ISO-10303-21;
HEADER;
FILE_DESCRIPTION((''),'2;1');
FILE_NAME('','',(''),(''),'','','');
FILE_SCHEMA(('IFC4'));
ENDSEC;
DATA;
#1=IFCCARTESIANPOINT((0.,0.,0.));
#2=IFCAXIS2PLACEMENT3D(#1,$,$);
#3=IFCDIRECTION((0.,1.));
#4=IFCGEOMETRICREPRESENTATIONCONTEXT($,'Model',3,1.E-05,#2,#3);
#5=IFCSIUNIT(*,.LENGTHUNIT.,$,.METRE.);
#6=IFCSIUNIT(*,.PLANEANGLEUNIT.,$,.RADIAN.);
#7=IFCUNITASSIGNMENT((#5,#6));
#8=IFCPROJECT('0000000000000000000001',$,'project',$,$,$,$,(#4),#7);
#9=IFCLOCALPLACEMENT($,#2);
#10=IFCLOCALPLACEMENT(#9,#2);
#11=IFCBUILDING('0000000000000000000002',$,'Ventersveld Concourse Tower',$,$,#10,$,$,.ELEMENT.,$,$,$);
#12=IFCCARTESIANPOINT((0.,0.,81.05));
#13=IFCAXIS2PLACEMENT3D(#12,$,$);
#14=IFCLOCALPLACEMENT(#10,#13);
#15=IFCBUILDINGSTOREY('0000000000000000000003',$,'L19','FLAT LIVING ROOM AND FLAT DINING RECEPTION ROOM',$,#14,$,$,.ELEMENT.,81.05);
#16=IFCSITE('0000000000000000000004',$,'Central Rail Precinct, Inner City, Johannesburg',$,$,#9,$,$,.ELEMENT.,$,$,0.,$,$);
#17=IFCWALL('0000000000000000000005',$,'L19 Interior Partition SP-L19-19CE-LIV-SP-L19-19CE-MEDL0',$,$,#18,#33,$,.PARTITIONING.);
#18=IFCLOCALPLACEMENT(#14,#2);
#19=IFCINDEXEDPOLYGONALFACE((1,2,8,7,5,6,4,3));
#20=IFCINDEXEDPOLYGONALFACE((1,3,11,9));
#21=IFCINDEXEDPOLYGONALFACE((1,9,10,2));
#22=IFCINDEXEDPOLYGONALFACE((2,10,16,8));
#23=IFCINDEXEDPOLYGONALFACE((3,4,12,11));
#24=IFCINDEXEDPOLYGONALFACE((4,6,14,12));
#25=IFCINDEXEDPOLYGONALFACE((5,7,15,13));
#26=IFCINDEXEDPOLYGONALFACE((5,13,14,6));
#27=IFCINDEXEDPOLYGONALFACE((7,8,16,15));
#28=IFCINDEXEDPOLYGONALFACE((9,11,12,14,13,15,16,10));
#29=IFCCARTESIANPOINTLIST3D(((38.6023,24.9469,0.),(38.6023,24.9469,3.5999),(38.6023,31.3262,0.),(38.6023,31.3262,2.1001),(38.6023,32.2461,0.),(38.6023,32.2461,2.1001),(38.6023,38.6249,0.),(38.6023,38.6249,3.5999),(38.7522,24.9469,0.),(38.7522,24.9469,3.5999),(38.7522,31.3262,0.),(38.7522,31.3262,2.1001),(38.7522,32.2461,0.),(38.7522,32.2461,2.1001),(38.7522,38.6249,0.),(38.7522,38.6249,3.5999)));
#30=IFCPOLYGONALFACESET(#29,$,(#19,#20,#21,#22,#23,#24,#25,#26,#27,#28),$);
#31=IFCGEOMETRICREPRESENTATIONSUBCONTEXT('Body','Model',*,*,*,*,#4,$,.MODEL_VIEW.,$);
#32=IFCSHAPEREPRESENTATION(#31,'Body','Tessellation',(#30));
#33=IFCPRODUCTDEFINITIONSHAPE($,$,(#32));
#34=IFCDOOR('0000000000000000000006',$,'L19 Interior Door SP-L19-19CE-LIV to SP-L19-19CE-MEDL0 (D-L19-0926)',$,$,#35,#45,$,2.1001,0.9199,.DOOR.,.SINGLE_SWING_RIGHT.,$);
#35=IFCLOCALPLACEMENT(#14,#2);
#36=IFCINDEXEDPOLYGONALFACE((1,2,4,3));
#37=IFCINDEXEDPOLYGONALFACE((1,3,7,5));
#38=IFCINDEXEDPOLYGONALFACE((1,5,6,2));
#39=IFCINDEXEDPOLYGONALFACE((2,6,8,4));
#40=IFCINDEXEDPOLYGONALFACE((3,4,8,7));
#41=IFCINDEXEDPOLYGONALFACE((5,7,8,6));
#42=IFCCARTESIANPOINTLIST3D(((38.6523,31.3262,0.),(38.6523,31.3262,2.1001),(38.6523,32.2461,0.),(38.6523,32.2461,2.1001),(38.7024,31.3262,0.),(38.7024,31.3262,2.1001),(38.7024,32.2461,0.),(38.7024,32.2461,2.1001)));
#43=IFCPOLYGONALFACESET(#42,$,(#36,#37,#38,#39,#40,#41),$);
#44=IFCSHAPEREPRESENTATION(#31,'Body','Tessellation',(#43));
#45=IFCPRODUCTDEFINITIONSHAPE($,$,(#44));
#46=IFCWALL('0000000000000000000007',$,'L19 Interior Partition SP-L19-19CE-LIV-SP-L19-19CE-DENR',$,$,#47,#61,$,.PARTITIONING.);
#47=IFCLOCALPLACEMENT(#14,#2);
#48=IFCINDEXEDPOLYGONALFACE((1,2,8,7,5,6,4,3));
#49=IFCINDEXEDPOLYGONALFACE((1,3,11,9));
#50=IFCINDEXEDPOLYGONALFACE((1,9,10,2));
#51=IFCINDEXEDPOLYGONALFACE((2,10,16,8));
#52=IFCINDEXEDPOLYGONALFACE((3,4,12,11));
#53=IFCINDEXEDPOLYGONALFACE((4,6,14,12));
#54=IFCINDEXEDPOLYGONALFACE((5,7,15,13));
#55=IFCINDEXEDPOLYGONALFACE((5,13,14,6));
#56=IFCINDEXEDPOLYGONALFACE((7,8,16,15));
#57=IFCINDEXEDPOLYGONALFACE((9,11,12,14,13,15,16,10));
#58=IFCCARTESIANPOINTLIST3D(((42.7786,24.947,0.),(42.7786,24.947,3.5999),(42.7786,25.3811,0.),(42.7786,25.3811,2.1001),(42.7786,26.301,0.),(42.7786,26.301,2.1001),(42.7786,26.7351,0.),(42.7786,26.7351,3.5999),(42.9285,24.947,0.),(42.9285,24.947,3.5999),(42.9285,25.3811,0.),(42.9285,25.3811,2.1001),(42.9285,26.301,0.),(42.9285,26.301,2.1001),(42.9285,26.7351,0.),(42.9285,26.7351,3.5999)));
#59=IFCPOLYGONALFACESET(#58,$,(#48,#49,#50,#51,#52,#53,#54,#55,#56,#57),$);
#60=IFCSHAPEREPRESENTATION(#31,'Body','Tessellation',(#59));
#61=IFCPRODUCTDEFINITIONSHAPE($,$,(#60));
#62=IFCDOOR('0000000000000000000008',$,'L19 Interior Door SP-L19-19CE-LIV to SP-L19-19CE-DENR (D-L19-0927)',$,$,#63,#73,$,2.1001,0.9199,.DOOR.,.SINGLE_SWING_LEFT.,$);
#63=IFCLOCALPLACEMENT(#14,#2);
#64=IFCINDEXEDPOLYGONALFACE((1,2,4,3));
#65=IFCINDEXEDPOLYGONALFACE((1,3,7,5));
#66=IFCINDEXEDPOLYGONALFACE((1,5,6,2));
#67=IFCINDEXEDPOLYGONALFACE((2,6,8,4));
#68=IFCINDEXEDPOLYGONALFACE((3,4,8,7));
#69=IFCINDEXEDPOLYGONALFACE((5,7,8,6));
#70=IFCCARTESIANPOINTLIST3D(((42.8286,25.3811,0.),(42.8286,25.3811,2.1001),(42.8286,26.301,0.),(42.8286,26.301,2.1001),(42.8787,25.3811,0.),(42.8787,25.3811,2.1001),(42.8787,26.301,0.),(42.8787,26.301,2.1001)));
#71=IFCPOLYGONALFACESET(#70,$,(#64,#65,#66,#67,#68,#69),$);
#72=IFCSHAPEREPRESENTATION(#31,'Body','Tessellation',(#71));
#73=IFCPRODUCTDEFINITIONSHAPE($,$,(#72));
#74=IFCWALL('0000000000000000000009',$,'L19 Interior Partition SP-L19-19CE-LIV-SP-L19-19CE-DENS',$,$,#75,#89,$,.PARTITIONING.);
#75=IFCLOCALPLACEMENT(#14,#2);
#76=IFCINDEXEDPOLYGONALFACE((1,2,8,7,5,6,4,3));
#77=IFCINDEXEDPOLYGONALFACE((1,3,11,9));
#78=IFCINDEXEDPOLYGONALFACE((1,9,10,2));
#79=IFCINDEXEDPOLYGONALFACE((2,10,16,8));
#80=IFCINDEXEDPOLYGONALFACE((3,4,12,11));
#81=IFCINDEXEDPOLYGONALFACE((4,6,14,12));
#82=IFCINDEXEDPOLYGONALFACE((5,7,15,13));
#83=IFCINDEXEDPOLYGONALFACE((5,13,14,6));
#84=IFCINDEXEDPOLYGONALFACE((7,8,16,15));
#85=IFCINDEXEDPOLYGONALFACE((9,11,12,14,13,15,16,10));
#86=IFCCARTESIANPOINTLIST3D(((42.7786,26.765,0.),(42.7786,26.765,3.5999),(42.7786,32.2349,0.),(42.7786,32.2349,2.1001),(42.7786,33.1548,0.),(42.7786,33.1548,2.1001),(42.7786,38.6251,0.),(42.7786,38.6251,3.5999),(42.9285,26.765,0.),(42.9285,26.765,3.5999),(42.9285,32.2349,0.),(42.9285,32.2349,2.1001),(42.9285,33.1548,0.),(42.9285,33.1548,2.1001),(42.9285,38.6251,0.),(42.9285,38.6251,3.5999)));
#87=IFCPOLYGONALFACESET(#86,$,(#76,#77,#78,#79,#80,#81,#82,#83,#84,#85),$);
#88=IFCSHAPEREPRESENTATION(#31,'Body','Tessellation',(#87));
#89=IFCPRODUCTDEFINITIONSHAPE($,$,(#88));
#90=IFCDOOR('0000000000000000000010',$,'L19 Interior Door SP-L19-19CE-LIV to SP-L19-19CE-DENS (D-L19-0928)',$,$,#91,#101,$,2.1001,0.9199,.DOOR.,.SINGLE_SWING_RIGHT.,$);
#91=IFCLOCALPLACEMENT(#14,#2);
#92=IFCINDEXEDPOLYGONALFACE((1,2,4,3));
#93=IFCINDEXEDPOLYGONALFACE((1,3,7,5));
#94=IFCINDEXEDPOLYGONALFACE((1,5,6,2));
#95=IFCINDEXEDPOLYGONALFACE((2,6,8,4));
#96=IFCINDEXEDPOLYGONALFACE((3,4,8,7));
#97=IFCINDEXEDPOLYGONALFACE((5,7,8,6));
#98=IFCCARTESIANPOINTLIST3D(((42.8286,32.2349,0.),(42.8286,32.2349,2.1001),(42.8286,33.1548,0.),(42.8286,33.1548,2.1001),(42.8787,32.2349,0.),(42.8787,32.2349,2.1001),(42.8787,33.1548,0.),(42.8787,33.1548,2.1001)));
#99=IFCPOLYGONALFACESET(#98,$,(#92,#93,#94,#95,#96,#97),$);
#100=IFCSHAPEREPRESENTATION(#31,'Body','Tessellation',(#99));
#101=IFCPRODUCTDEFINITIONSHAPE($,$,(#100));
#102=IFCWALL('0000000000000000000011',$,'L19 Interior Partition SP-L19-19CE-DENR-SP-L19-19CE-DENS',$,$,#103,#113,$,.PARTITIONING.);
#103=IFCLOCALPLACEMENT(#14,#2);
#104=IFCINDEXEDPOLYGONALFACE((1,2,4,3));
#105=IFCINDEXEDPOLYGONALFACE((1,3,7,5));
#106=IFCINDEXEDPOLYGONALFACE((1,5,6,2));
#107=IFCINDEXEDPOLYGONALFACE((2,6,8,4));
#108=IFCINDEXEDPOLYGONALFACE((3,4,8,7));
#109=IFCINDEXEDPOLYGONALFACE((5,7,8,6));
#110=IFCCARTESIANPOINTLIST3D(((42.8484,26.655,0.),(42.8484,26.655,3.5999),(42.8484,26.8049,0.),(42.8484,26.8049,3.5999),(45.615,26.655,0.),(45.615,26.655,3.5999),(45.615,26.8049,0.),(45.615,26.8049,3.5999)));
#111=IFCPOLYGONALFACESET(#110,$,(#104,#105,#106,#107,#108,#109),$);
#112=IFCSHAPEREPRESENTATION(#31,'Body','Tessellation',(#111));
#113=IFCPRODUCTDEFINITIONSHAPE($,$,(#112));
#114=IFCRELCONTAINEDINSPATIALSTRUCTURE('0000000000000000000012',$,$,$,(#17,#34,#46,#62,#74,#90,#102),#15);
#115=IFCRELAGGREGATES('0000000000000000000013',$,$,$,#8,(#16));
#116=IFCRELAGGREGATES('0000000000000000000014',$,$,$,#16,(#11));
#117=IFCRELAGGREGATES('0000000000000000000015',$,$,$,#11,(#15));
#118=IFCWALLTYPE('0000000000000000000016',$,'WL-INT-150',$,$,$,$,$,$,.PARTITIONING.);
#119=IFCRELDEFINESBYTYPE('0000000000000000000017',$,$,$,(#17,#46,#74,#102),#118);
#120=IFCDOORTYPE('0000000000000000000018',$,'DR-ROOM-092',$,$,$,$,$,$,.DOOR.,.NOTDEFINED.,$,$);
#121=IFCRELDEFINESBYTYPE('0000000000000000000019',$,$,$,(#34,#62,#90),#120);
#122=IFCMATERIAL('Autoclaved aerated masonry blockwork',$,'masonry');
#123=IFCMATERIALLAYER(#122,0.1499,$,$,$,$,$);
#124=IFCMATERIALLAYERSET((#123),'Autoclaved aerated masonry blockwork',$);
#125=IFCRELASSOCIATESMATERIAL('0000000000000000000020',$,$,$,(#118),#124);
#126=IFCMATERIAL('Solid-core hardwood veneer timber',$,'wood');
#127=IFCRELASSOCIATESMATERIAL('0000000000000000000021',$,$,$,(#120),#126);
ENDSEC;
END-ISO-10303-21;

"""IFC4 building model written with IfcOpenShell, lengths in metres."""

from ifc_helpers import new_model, si_unit, direction, frame, frame_2d, origin, place, context, subcontext, project, spatial, rectangle, extrude, material, layer, layer_set, type_object, element, fill, save


model = new_model("IFC4")

# Units and contexts
model_context = context("Model", 3, precision=1e-05, world=origin(), true_north=direction((0.0, 1.0)))
body_context = subcontext(model_context, "Body", "Model", "MODEL_VIEW")
ifc_project = project(units=[si_unit("LENGTHUNIT", "METRE"), si_unit("PLANEANGLEUNIT", "RADIAN")], contexts=[model_context])

# Site, building, storey
site_placement = place(None, origin())
site = spatial("IfcSite", under=ifc_project, at=site_placement, Name="Central Rail Precinct, Inner City, Johannesburg", CompositionType="ELEMENT", RefElevation=0.0)
building_placement = place(site_placement, origin())
building = spatial("IfcBuilding", under=site, at=building_placement, Name="Ventersveld Concourse Tower", CompositionType="ELEMENT")
storey_placement = place(building_placement, frame((0.0, 0.0, 81.05)))
storey = spatial("IfcBuildingStorey", under=building, at=storey_placement, Name="L19", Description="FLAT LIVING ROOM AND FLAT DINING RECEPTION ROOM", CompositionType="ELEMENT", Elevation=81.05)

# Walls, openings, doors
ifc_material_1 = material(Name="Autoclaved aerated masonry blockwork", Category="masonry")
ifc_layer_1 = layer(ifc_material_1, 0.1499)
ifc_layer_set_1 = layer_set([ifc_layer_1], Name="Autoclaved aerated masonry blockwork")
wall_type_1 = type_object("IfcWallType", Name="WL-INT-150", PredefinedType="PARTITIONING", material=ifc_layer_set_1)
ifc_material_2 = material(Name="Solid-core hardwood veneer timber", Category="wood")
door_type = type_object("IfcDoorType", Name="DR-ROOM-092", OperationType="NOTDEFINED", PredefinedType="DOOR", material=ifc_material_2)
wall_1_placement = place(storey_placement, frame((38.6772, 24.947, 0.0), z_axis=(0.0, 0.0, 1.0), x_axis=(0.0, 1.0, 0.0)))
wall_1 = element("IfcWall", 1, at=wall_1_placement, inside=storey, type_object=wall_type_1, Name="L19 Interior Partition SP-L19-19CE-LIV-SP-L19-19CE-MEDL0", PredefinedType="PARTITIONING", context=body_context, shape_type="SweptSolid", body=[
    extrude(rectangle(XDim=13.678, YDim=0.1499, at=frame_2d((6.8389, 0.0))), origin(), (0.0, 0.0, 1.0), 3.5999),
])
opening_1_placement = place(wall_1_placement, frame((6.3792, 0.0, 0.0)))
opening_1 = element("IfcOpeningElement", 2, at=opening_1_placement, cuts=wall_1, PredefinedType="OPENING", context=body_context, shape_type="SweptSolid", body=[
    extrude(rectangle(XDim=0.9199, YDim=2.1001, at=frame_2d((0.46, 1.05))), frame((0.0, 0.085, 0.0), z_axis=(0.0, -1.0, 0.0), x_axis=(1.0, 0.0, 0.0)), (0.0, 0.0, 1.0), 0.1699),
])
door_1_placement = place(opening_1_placement, origin())
door_1 = element("IfcDoor", 3, at=door_1_placement, inside=storey, type_object=door_type, Name="L19 Interior Door SP-L19-19CE-LIV to SP-L19-19CE-MEDL0 (D-L19-0926)", OperationType="SINGLE_SWING_RIGHT", OverallHeight=2.1001, OverallWidth=0.9199, PredefinedType="DOOR", context=body_context, shape_type="SweptSolid", body=[
    extrude(rectangle(XDim=0.9199, YDim=2.1001, at=frame_2d((0.46, 1.05))), frame((0.0, 0.0249, 0.0), z_axis=(0.0, -1.0, 0.0), x_axis=(1.0, 0.0, 0.0)), (0.0, 0.0, 1.0), 0.05),
])
fill(opening_1, door_1)
wall_2_placement = place(storey_placement, frame((42.8535, 24.947, 0.0), z_axis=(0.0, 0.0, 1.0), x_axis=(0.0, 1.0, 0.0)))
wall_2 = element("IfcWall", 4, at=wall_2_placement, inside=storey, type_object=wall_type_1, Name="L19 Interior Partition SP-L19-19CE-LIV-SP-L19-19CE-DENR", PredefinedType="PARTITIONING", context=body_context, shape_type="SweptSolid", body=[
    extrude(rectangle(XDim=1.7881, YDim=0.1499, at=frame_2d((0.894, 0.0))), origin(), (0.0, 0.0, 1.0), 3.5999),
])
opening_2_placement = place(wall_2_placement, frame((0.4341, 0.0, 0.0)))
opening_2 = element("IfcOpeningElement", 5, at=opening_2_placement, cuts=wall_2, PredefinedType="OPENING", context=body_context, shape_type="SweptSolid", body=[
    extrude(rectangle(XDim=0.9199, YDim=2.1001, at=frame_2d((0.46, 1.05))), frame((0.0, 0.085, 0.0), z_axis=(0.0, -1.0, 0.0), x_axis=(1.0, 0.0, 0.0)), (0.0, 0.0, 1.0), 0.1699),
])
door_2_placement = place(opening_2_placement, origin())
door_2 = element("IfcDoor", 6, at=door_2_placement, inside=storey, type_object=door_type, Name="L19 Interior Door SP-L19-19CE-LIV to SP-L19-19CE-DENR (D-L19-0927)", OperationType="SINGLE_SWING_LEFT", OverallHeight=2.1001, OverallWidth=0.9199, PredefinedType="DOOR", context=body_context, shape_type="SweptSolid", body=[
    extrude(rectangle(XDim=0.9199, YDim=2.1001, at=frame_2d((0.46, 1.05))), frame((0.0, 0.0249, 0.0), z_axis=(0.0, -1.0, 0.0), x_axis=(1.0, 0.0, 0.0)), (0.0, 0.0, 1.0), 0.05),
])
fill(opening_2, door_2)
wall_3_placement = place(storey_placement, frame((42.8535, 26.7649, 0.0), z_axis=(0.0, 0.0, 1.0), x_axis=(0.0, 1.0, 0.0)))
wall_3 = element("IfcWall", 7, at=wall_3_placement, inside=storey, type_object=wall_type_1, Name="L19 Interior Partition SP-L19-19CE-LIV-SP-L19-19CE-DENS", PredefinedType="PARTITIONING", context=body_context, shape_type="SweptSolid", body=[
    extrude(rectangle(XDim=11.8601, YDim=0.1499, at=frame_2d((5.9302, 0.0))), origin(), (0.0, 0.0, 1.0), 3.5999),
])
opening_3_placement = place(wall_3_placement, frame((5.47, 0.0, 0.0)))
opening_3 = element("IfcOpeningElement", 8, at=opening_3_placement, cuts=wall_3, PredefinedType="OPENING", context=body_context, shape_type="SweptSolid", body=[
    extrude(rectangle(XDim=0.9199, YDim=2.1001, at=frame_2d((0.46, 1.05))), frame((0.0, 0.085, 0.0), z_axis=(0.0, -1.0, 0.0), x_axis=(1.0, 0.0, 0.0)), (0.0, 0.0, 1.0), 0.1699),
])
door_3_placement = place(opening_3_placement, origin())
door_3 = element("IfcDoor", 9, at=door_3_placement, inside=storey, type_object=door_type, Name="L19 Interior Door SP-L19-19CE-LIV to SP-L19-19CE-DENS (D-L19-0928)", OperationType="SINGLE_SWING_RIGHT", OverallHeight=2.1001, OverallWidth=0.9199, PredefinedType="DOOR", context=body_context, shape_type="SweptSolid", body=[
    extrude(rectangle(XDim=0.9199, YDim=2.1001, at=frame_2d((0.46, 1.05))), frame((0.0, 0.0249, 0.0), z_axis=(0.0, -1.0, 0.0), x_axis=(1.0, 0.0, 0.0)), (0.0, 0.0, 1.0), 0.05),
])
fill(opening_3, door_3)

# Wall
wall_4_placement = place(storey_placement, frame((42.8484, 26.73, 0.0), z_axis=(0.0, 0.0, 1.0), x_axis=(1.0, 0.0, 0.0)))
element("IfcWall", 10, at=wall_4_placement, inside=storey, type_object=wall_type_1, Name="L19 Interior Partition SP-L19-19CE-DENR-SP-L19-19CE-DENS", PredefinedType="PARTITIONING", context=body_context, shape_type="SweptSolid", body=[
    extrude(rectangle(XDim=2.7666, YDim=0.1499, at=frame_2d((1.3833, 0.0))), origin(), (0.0, 0.0, 1.0), 3.5999),
])

save(model, "model.ifc")
